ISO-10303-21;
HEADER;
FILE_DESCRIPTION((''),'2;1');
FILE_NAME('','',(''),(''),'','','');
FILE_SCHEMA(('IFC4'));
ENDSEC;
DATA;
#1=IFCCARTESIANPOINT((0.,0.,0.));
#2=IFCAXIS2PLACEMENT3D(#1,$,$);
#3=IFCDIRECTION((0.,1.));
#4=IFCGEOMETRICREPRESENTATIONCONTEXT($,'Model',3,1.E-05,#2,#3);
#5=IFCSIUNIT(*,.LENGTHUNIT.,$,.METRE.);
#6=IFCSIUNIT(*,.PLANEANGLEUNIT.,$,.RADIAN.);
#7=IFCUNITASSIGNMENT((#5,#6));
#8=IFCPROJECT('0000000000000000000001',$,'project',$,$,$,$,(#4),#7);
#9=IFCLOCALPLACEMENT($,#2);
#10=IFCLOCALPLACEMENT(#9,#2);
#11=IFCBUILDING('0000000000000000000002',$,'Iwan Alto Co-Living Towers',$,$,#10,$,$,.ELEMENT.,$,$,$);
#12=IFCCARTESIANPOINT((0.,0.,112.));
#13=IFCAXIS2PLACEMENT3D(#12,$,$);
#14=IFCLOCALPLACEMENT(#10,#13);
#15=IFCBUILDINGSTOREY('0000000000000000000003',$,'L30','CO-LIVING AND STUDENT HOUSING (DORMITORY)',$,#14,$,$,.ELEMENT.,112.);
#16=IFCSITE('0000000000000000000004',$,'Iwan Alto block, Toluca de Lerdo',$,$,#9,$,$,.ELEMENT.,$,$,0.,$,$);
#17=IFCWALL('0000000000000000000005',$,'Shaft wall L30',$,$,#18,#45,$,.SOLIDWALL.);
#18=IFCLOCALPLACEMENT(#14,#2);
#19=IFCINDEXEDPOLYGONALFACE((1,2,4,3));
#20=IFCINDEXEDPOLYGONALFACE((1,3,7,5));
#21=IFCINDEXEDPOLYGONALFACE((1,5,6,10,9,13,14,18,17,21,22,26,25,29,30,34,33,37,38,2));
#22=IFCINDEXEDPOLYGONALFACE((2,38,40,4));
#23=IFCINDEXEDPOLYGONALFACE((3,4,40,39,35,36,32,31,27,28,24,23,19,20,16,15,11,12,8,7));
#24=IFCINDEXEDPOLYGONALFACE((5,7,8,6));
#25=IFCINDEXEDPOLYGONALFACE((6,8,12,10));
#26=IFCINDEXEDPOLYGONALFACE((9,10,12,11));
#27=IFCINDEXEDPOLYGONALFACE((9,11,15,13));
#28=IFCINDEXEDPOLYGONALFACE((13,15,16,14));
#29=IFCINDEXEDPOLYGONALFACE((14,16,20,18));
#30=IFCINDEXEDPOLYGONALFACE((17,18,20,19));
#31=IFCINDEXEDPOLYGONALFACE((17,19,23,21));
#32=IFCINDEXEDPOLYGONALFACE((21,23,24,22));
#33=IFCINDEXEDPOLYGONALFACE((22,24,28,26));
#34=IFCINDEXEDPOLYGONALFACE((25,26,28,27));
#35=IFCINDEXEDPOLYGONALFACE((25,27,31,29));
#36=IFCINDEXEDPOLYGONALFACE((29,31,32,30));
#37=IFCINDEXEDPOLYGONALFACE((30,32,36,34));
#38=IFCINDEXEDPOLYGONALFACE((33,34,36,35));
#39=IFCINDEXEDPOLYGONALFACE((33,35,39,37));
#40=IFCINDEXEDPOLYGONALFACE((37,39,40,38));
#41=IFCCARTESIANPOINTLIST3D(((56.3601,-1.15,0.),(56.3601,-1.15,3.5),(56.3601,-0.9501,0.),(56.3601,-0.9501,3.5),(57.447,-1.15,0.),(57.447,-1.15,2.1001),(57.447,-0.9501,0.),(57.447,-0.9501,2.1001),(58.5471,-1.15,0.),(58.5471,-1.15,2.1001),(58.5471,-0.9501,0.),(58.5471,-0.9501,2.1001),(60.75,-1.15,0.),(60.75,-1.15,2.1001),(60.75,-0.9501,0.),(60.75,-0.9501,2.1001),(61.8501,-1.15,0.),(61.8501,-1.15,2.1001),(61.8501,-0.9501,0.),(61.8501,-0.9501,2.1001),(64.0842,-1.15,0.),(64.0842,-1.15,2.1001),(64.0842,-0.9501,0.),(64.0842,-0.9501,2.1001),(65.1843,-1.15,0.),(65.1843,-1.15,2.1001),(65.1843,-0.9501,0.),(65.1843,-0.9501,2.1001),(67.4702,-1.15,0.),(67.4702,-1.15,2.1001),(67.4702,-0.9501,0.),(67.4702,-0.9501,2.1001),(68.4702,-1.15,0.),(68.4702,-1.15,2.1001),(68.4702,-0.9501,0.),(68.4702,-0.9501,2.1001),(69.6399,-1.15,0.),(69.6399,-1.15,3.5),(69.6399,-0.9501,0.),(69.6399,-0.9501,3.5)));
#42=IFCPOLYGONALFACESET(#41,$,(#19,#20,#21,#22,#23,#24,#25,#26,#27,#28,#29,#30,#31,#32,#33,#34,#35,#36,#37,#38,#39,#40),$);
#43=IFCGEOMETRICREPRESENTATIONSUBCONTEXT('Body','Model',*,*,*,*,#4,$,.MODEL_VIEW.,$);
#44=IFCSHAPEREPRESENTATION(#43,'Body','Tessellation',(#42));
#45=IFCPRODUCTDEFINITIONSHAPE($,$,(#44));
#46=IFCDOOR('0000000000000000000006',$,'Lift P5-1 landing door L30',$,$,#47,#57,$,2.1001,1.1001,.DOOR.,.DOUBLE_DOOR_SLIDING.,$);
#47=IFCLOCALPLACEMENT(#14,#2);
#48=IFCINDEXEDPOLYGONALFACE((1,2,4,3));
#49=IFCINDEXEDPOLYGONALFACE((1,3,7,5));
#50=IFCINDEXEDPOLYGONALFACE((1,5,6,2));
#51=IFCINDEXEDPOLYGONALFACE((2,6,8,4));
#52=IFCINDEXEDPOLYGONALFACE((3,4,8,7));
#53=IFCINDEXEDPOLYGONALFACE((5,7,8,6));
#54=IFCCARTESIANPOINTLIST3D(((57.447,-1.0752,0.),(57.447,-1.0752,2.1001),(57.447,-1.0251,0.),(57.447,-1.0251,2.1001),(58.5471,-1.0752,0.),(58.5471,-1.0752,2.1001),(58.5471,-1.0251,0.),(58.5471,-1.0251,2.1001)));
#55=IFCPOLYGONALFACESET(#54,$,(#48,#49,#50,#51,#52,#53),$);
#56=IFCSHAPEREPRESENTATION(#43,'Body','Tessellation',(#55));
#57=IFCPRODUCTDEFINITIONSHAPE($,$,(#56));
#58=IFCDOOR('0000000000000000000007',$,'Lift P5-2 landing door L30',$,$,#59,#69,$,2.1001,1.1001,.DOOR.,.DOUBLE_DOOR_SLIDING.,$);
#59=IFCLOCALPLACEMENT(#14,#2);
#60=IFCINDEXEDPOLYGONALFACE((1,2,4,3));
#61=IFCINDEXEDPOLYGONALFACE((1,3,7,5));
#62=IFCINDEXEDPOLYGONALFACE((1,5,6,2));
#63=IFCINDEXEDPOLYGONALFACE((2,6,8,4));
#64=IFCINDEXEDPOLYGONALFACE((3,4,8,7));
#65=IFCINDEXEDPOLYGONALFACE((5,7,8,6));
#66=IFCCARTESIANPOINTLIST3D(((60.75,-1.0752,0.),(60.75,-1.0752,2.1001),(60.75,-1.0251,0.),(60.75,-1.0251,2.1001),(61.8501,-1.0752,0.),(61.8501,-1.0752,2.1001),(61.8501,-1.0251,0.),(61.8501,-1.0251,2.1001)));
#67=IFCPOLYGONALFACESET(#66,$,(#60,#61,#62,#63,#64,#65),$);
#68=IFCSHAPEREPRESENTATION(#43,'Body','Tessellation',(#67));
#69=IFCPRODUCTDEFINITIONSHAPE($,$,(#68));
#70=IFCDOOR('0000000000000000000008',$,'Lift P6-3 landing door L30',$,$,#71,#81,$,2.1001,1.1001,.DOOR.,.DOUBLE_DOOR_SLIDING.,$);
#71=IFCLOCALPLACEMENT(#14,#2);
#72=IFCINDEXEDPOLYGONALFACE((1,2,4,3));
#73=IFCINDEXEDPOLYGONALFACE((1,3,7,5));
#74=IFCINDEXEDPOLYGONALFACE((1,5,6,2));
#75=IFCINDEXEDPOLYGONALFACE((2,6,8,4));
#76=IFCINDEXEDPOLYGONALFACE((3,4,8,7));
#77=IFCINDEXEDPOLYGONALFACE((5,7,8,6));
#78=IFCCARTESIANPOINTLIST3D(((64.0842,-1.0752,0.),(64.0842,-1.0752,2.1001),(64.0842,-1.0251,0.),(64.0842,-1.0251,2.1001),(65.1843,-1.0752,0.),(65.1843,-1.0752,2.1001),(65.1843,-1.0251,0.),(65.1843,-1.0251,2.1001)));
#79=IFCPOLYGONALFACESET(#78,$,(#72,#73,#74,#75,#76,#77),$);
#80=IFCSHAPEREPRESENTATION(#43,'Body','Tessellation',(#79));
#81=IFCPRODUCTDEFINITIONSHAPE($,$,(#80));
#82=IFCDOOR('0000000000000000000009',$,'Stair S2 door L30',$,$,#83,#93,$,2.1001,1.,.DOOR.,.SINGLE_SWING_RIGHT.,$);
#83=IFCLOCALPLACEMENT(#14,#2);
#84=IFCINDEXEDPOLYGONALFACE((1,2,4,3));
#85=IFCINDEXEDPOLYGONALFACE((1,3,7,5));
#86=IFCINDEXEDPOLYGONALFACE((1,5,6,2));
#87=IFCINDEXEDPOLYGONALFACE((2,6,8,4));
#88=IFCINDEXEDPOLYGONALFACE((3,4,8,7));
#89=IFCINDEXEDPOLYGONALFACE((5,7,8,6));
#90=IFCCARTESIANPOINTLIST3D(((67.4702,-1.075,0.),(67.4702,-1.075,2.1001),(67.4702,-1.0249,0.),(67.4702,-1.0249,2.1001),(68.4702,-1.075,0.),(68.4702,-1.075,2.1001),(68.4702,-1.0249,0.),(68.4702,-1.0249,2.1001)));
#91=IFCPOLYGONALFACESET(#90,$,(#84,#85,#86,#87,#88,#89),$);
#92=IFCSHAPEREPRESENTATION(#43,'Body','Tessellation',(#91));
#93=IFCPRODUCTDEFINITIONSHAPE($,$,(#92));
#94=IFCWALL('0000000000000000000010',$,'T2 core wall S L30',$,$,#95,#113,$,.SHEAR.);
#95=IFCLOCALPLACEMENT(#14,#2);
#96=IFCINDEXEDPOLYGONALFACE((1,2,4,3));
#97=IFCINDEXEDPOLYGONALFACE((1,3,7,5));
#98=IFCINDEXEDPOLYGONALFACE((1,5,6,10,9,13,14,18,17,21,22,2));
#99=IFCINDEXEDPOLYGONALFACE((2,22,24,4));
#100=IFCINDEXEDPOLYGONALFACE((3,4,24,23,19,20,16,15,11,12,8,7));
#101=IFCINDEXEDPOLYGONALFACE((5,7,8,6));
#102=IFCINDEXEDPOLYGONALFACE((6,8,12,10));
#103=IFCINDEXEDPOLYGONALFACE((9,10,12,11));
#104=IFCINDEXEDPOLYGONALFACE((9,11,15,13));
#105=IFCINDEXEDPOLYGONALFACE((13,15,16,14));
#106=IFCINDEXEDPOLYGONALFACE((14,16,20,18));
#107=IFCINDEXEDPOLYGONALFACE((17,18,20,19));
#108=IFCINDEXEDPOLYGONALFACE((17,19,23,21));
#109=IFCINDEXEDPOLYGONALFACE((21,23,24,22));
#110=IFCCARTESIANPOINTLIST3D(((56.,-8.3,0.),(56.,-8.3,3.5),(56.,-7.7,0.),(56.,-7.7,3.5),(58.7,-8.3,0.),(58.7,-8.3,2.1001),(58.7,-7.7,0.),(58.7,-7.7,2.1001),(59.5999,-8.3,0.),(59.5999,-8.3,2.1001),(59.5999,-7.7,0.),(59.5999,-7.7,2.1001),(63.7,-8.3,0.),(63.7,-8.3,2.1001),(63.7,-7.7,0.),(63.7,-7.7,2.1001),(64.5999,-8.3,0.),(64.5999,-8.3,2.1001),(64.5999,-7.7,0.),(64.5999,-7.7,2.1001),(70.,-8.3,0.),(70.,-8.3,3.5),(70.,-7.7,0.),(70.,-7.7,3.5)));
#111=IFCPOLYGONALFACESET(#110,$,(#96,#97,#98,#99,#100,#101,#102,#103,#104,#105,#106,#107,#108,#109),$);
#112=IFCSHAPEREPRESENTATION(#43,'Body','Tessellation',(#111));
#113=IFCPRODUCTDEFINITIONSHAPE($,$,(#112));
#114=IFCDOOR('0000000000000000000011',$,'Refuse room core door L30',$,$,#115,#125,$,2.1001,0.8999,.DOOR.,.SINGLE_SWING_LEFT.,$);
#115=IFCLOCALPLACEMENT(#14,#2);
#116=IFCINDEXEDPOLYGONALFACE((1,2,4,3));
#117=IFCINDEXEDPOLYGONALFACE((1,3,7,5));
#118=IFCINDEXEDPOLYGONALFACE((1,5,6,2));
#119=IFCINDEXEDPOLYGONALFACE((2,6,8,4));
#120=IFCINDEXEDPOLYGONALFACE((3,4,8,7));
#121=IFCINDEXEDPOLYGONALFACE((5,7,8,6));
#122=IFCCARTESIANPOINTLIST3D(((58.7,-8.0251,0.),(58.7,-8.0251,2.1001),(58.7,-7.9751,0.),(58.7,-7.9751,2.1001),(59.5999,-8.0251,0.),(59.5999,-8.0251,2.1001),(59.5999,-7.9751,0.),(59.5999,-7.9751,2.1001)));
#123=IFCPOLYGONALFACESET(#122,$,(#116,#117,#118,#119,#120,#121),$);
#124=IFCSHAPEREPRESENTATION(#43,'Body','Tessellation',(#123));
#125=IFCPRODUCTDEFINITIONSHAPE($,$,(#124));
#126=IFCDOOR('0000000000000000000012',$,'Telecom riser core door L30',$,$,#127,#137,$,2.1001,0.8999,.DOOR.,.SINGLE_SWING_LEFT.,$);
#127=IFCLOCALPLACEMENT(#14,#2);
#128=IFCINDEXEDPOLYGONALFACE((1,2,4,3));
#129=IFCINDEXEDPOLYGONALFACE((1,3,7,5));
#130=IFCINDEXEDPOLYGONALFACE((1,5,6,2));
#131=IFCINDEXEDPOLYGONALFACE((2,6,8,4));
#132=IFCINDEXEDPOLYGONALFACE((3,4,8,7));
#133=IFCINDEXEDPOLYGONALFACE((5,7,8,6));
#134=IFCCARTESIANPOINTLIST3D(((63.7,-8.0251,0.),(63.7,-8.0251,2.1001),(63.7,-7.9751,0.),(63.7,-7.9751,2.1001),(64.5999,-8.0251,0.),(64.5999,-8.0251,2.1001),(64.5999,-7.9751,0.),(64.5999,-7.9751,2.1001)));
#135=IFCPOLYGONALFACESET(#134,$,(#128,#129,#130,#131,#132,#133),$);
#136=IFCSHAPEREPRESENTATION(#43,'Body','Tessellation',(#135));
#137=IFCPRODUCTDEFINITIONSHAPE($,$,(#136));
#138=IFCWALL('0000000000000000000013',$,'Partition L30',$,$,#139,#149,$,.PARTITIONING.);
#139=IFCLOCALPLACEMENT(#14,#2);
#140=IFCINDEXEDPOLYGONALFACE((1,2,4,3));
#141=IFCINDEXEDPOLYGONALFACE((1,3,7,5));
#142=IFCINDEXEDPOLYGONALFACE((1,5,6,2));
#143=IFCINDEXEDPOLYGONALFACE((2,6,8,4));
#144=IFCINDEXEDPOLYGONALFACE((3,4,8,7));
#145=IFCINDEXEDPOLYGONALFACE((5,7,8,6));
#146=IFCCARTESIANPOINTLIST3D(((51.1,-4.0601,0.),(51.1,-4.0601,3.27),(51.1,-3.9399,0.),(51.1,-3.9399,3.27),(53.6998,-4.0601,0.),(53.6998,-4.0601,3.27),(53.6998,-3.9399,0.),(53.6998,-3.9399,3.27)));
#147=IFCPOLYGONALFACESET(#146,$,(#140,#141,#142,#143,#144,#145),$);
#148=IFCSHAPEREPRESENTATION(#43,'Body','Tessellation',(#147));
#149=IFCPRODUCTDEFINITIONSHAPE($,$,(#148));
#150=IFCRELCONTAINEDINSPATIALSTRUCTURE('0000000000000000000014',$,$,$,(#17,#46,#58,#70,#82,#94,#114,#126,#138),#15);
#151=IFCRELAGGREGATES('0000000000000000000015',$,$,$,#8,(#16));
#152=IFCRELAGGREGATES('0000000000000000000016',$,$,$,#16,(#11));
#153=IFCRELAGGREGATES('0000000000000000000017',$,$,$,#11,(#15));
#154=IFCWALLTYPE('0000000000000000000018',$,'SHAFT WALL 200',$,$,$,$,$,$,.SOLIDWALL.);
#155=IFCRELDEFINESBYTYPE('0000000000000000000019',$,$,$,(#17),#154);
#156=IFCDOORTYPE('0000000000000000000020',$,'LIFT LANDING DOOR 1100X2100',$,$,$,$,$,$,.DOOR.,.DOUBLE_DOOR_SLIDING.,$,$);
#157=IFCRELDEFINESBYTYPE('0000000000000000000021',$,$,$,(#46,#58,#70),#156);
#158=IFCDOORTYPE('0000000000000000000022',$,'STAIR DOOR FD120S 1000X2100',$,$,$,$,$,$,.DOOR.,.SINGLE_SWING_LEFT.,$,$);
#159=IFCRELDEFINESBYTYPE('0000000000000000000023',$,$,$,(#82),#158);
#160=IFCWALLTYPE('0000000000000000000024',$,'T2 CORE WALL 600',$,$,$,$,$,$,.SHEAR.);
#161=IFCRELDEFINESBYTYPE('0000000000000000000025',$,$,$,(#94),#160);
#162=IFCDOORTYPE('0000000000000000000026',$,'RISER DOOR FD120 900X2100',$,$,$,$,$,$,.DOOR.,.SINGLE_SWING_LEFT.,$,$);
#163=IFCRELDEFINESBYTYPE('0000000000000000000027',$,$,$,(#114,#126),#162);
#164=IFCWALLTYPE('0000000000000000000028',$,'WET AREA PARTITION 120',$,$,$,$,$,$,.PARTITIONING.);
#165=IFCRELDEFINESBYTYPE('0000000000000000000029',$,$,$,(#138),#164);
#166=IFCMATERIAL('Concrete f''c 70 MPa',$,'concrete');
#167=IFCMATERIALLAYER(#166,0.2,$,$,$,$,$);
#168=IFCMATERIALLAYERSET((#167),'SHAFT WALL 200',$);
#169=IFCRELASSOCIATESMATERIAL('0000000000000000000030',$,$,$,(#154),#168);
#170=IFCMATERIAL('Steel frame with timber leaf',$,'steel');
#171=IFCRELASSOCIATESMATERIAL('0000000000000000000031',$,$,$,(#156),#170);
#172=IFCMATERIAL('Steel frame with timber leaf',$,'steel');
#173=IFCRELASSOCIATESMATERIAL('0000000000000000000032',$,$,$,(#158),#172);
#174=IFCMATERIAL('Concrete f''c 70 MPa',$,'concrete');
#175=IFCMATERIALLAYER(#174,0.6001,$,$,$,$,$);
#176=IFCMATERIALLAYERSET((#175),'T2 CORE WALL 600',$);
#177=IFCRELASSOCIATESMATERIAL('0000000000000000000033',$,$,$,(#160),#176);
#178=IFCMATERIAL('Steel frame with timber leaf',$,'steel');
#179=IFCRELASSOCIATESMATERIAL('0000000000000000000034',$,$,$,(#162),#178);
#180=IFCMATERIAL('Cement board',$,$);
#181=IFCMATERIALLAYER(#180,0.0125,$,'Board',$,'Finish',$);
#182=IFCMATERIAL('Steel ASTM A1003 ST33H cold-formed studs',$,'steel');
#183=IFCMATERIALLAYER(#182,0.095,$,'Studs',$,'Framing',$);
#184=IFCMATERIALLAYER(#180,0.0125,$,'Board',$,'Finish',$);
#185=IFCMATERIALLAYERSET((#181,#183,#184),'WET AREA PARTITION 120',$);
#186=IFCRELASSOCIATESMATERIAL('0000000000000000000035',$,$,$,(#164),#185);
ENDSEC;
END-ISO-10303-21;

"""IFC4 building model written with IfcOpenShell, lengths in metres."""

from ifc_helpers import new_model, si_unit, direction, frame, frame_2d, origin, place, context, subcontext, project, spatial, rectangle, extrude, material, layer, layer_set, type_object, element, fill, save


model = new_model("IFC4")

# Units and contexts
model_context = context("Model", 3, precision=1e-05, world=origin(), true_north=direction((0.0, 1.0)))
body_context = subcontext(model_context, "Body", "Model", "MODEL_VIEW")
ifc_project = project(units=[si_unit("LENGTHUNIT", "METRE"), si_unit("PLANEANGLEUNIT", "RADIAN")], contexts=[model_context])

# Site, building, storey
site_placement = place(None, origin())
site = spatial("IfcSite", under=ifc_project, at=site_placement, Name="Iwan Alto block, Toluca de Lerdo", CompositionType="ELEMENT", RefElevation=0.0)
building_placement = place(site_placement, origin())
building = spatial("IfcBuilding", under=site, at=building_placement, Name="Iwan Alto Co-Living Towers", CompositionType="ELEMENT")
storey_placement = place(building_placement, frame((0.0, 0.0, 112.0)))
storey = spatial("IfcBuildingStorey", under=building, at=storey_placement, Name="L30", Description="CO-LIVING AND STUDENT HOUSING (DORMITORY)", CompositionType="ELEMENT", Elevation=112.0)

# Shared definitions
ifc_material_1 = material(Name="Steel ASTM A1003 ST33H cold-formed studs", Category="steel")

# Shared definitions
ifc_material_2 = material(Name="Concrete f'c 70 MPa", Category="concrete")
ifc_layer_1 = layer(ifc_material_2, 0.2)
ifc_layer_set_1 = layer_set([ifc_layer_1], Name="SHAFT WALL 200")
wall_type_1 = type_object("IfcWallType", Name="SHAFT WALL 200", PredefinedType="SOLIDWALL", material=ifc_layer_set_1)

# Walls, openings, doors
wall_1_placement = place(storey_placement, frame((56.3601, -1.05, 0.0), z_axis=(0.0, 0.0, 1.0), x_axis=(1.0, 0.0, 0.0)))
wall_1 = element("IfcWall", 1, at=wall_1_placement, inside=storey, type_object=wall_type_1, Name="Shaft wall L30", PredefinedType="SOLIDWALL", context=body_context, shape_type="SweptSolid", body=[
    extrude(rectangle(XDim=13.2798, YDim=0.2, at=frame_2d((6.6399, 0.0))), origin(), (0.0, 0.0, 1.0), 3.5),
])
opening_1_placement = place(wall_1_placement, frame((11.1101, 0.0, 0.0)))
opening_1 = element("IfcOpeningElement", 2, at=opening_1_placement, cuts=wall_1, PredefinedType="OPENING", context=body_context, shape_type="SweptSolid", body=[
    extrude(rectangle(XDim=1.0, YDim=2.1001, at=frame_2d((0.5, 1.05))), frame((0.0, 0.1099, 0.0), z_axis=(0.0, -1.0, 0.0), x_axis=(1.0, 0.0, 0.0)), (0.0, 0.0, 1.0), 0.22),
])
opening_2_placement = place(wall_1_placement, frame((1.0869, 0.0, 0.0)))
opening_2 = element("IfcOpeningElement", 3, at=opening_2_placement, cuts=wall_1, PredefinedType="OPENING", context=body_context, shape_type="SweptSolid", body=[
    extrude(rectangle(XDim=1.1001, YDim=2.1001, at=frame_2d((0.55, 1.05))), frame((0.0, 0.1099, 0.0), z_axis=(0.0, -1.0, 0.0), x_axis=(1.0, 0.0, 0.0)), (0.0, 0.0, 1.0), 0.22),
])
opening_3_placement = place(wall_1_placement, frame((4.3899, 0.0, 0.0)))
opening_3 = element("IfcOpeningElement", 4, at=opening_3_placement, cuts=wall_1, PredefinedType="OPENING", context=body_context, shape_type="SweptSolid", body=[
    extrude(rectangle(XDim=1.1001, YDim=2.1001, at=frame_2d((0.55, 1.05))), frame((0.0, 0.1099, 0.0), z_axis=(0.0, -1.0, 0.0), x_axis=(1.0, 0.0, 0.0)), (0.0, 0.0, 1.0), 0.22),
])
opening_4_placement = place(wall_1_placement, frame((7.7241, 0.0, 0.0)))
opening_4 = element("IfcOpeningElement", 5, at=opening_4_placement, cuts=wall_1, PredefinedType="OPENING", context=body_context, shape_type="SweptSolid", body=[
    extrude(rectangle(XDim=1.1001, YDim=2.1001, at=frame_2d((0.55, 1.05))), frame((0.0, 0.1099, 0.0), z_axis=(0.0, -1.0, 0.0), x_axis=(1.0, 0.0, 0.0)), (0.0, 0.0, 1.0), 0.22),
])
ifc_material_3 = material(Name="Steel frame with timber leaf", Category="steel")
door_type_1 = type_object("IfcDoorType", Name="LIFT LANDING DOOR 1100X2100", OperationType="DOUBLE_DOOR_SLIDING", PredefinedType="DOOR", material=ifc_material_3)
door_1_placement = place(opening_2_placement, origin())
door_1 = element("IfcDoor", 6, at=door_1_placement, inside=storey, type_object=door_type_1, Name="Lift P5-1 landing door L30", OperationType="DOUBLE_DOOR_SLIDING", OverallHeight=2.1001, OverallWidth=1.1001, PredefinedType="DOOR", context=body_context, shape_type="SweptSolid", body=[
    extrude(rectangle(XDim=1.1001, YDim=2.1001, at=frame_2d((0.55, 1.05))), frame((0.0, 0.0249, 0.0), z_axis=(0.0, -1.0, 0.0), x_axis=(1.0, 0.0, 0.0)), (0.0, 0.0, 1.0), 0.05),
])
fill(opening_2, door_1)
door_2_placement = place(opening_3_placement, origin())
door_2 = element("IfcDoor", 7, at=door_2_placement, inside=storey, type_object=door_type_1, Name="Lift P5-2 landing door L30", OperationType="DOUBLE_DOOR_SLIDING", OverallHeight=2.1001, OverallWidth=1.1001, PredefinedType="DOOR", context=body_context, shape_type="SweptSolid", body=[
    extrude(rectangle(XDim=1.1001, YDim=2.1001, at=frame_2d((0.55, 1.05))), frame((0.0, 0.0249, 0.0), z_axis=(0.0, -1.0, 0.0), x_axis=(1.0, 0.0, 0.0)), (0.0, 0.0, 1.0), 0.05),
])
fill(opening_3, door_2)
door_3_placement = place(opening_4_placement, origin())
door_3 = element("IfcDoor", 8, at=door_3_placement, inside=storey, type_object=door_type_1, Name="Lift P6-3 landing door L30", OperationType="DOUBLE_DOOR_SLIDING", OverallHeight=2.1001, OverallWidth=1.1001, PredefinedType="DOOR", context=body_context, shape_type="SweptSolid", body=[
    extrude(rectangle(XDim=1.1001, YDim=2.1001, at=frame_2d((0.55, 1.05))), frame((0.0, 0.0249, 0.0), z_axis=(0.0, -1.0, 0.0), x_axis=(1.0, 0.0, 0.0)), (0.0, 0.0, 1.0), 0.05),
])
fill(opening_4, door_3)
ifc_material_4 = material(Name="Steel frame with timber leaf", Category="steel")
door_type_2 = type_object("IfcDoorType", Name="STAIR DOOR FD120S 1000X2100", OperationType="SINGLE_SWING_LEFT", PredefinedType="DOOR", material=ifc_material_4)
door_4_placement = place(opening_1_placement, frame((1.0, 0.0, 0.0), z_axis=(0.0, 0.0, 1.0), x_axis=(-1.0, 0.0, 0.0)))
door_4 = element("IfcDoor", 9, at=door_4_placement, inside=storey, type_object=door_type_2, Name="Stair S2 door L30", OperationType="SINGLE_SWING_RIGHT", OverallHeight=2.1001, OverallWidth=1.0, PredefinedType="DOOR", context=body_context, shape_type="SweptSolid", body=[
    extrude(rectangle(XDim=1.0, YDim=2.1001, at=frame_2d((0.5, 1.05))), frame((0.0, 0.0249, 0.0), z_axis=(0.0, -1.0, 0.0), x_axis=(1.0, 0.0, 0.0)), (0.0, 0.0, 1.0), 0.05),
])
fill(opening_1, door_4)
ifc_material_5 = material(Name="Concrete f'c 70 MPa", Category="concrete")
ifc_layer_2 = layer(ifc_material_5, 0.6001)
ifc_layer_set_2 = layer_set([ifc_layer_2], Name="T2 CORE WALL 600")
wall_type_2 = type_object("IfcWallType", Name="T2 CORE WALL 600", PredefinedType="SHEAR", material=ifc_layer_set_2)
wall_2_placement = place(storey_placement, frame((56.0, -8.0, 0.0), z_axis=(0.0, 0.0, 1.0), x_axis=(1.0, 0.0, 0.0)))
wall_2 = element("IfcWall", 10, at=wall_2_placement, inside=storey, type_object=wall_type_2, Name="T2 core wall S L30", PredefinedType="SHEAR", context=body_context, shape_type="SweptSolid", body=[
    extrude(rectangle(XDim=14.0, YDim=0.6001, at=frame_2d((7.0, 0.0))), origin(), (0.0, 0.0, 1.0), 3.5),
])
opening_5_placement = place(wall_2_placement, frame((2.7, 0.0, 0.0)))
opening_5 = element("IfcOpeningElement", 11, at=opening_5_placement, cuts=wall_2, PredefinedType="OPENING", context=body_context, shape_type="SweptSolid", body=[
    extrude(rectangle(XDim=0.8999, YDim=2.1001, at=frame_2d((0.45, 1.05))), frame((0.0, 0.3101, 0.0), z_axis=(0.0, -1.0, 0.0), x_axis=(1.0, 0.0, 0.0)), (0.0, 0.0, 1.0), 0.6201),
])
opening_6_placement = place(wall_2_placement, frame((7.7, 0.0, 0.0)))
opening_6 = element("IfcOpeningElement", 12, at=opening_6_placement, cuts=wall_2, PredefinedType="OPENING", context=body_context, shape_type="SweptSolid", body=[
    extrude(rectangle(XDim=0.8999, YDim=2.1001, at=frame_2d((0.45, 1.05))), frame((0.0, 0.3101, 0.0), z_axis=(0.0, -1.0, 0.0), x_axis=(1.0, 0.0, 0.0)), (0.0, 0.0, 1.0), 0.6201),
])
ifc_material_6 = material(Name="Steel frame with timber leaf", Category="steel")
door_type_3 = type_object("IfcDoorType", Name="RISER DOOR FD120 900X2100", OperationType="SINGLE_SWING_LEFT", PredefinedType="DOOR", material=ifc_material_6)
door_5_placement = place(opening_5_placement, origin())
door_5 = element("IfcDoor", 13, at=door_5_placement, inside=storey, type_object=door_type_3, Name="Refuse room core door L30", OperationType="SINGLE_SWING_LEFT", OverallHeight=2.1001, OverallWidth=0.8999, PredefinedType="DOOR", context=body_context, shape_type="SweptSolid", body=[
    extrude(rectangle(XDim=0.8999, YDim=2.1001, at=frame_2d((0.45, 1.05))), frame((0.0, 0.0249, 0.0), z_axis=(0.0, -1.0, 0.0), x_axis=(1.0, 0.0, 0.0)), (0.0, 0.0, 1.0), 0.05),
])
fill(opening_5, door_5)
door_6_placement = place(opening_6_placement, origin())
door_6 = element("IfcDoor", 14, at=door_6_placement, inside=storey, type_object=door_type_3, Name="Telecom riser core door L30", OperationType="SINGLE_SWING_LEFT", OverallHeight=2.1001, OverallWidth=0.8999, PredefinedType="DOOR", context=body_context, shape_type="SweptSolid", body=[
    extrude(rectangle(XDim=0.8999, YDim=2.1001, at=frame_2d((0.45, 1.05))), frame((0.0, 0.0249, 0.0), z_axis=(0.0, -1.0, 0.0), x_axis=(1.0, 0.0, 0.0)), (0.0, 0.0, 1.0), 0.05),
])
fill(opening_6, door_6)

# Wall
ifc_material_7 = material(Name="Cement board")
ifc_layer_3 = layer(ifc_material_7, 0.0125, Name="Board", Category="Finish")
ifc_layer_4 = layer(ifc_material_1, 0.095, Name="Studs", Category="Framing")
ifc_layer_5 = layer(ifc_material_7, 0.0125, Name="Board", Category="Finish")
ifc_layer_set_3 = layer_set([ifc_layer_3, ifc_layer_4, ifc_layer_5], Name="WET AREA PARTITION 120")
wall_type_3 = type_object("IfcWallType", Name="WET AREA PARTITION 120", PredefinedType="PARTITIONING", material=ifc_layer_set_3)
wall_3_placement = place(storey_placement, frame((51.1001, -4.0, 0.0), z_axis=(0.0, 0.0, 1.0), x_axis=(1.0, 0.0, 0.0)))
element("IfcWall", 15, at=wall_3_placement, inside=storey, type_object=wall_type_3, Name="Partition L30", PredefinedType="PARTITIONING", context=body_context, shape_type="SweptSolid", body=[
    extrude(rectangle(XDim=2.5999, YDim=0.1201, at=frame_2d((1.2998, 0.0))), origin(), (0.0, 0.0, 1.0), 3.27),
])

save(model, "model.ifc")
